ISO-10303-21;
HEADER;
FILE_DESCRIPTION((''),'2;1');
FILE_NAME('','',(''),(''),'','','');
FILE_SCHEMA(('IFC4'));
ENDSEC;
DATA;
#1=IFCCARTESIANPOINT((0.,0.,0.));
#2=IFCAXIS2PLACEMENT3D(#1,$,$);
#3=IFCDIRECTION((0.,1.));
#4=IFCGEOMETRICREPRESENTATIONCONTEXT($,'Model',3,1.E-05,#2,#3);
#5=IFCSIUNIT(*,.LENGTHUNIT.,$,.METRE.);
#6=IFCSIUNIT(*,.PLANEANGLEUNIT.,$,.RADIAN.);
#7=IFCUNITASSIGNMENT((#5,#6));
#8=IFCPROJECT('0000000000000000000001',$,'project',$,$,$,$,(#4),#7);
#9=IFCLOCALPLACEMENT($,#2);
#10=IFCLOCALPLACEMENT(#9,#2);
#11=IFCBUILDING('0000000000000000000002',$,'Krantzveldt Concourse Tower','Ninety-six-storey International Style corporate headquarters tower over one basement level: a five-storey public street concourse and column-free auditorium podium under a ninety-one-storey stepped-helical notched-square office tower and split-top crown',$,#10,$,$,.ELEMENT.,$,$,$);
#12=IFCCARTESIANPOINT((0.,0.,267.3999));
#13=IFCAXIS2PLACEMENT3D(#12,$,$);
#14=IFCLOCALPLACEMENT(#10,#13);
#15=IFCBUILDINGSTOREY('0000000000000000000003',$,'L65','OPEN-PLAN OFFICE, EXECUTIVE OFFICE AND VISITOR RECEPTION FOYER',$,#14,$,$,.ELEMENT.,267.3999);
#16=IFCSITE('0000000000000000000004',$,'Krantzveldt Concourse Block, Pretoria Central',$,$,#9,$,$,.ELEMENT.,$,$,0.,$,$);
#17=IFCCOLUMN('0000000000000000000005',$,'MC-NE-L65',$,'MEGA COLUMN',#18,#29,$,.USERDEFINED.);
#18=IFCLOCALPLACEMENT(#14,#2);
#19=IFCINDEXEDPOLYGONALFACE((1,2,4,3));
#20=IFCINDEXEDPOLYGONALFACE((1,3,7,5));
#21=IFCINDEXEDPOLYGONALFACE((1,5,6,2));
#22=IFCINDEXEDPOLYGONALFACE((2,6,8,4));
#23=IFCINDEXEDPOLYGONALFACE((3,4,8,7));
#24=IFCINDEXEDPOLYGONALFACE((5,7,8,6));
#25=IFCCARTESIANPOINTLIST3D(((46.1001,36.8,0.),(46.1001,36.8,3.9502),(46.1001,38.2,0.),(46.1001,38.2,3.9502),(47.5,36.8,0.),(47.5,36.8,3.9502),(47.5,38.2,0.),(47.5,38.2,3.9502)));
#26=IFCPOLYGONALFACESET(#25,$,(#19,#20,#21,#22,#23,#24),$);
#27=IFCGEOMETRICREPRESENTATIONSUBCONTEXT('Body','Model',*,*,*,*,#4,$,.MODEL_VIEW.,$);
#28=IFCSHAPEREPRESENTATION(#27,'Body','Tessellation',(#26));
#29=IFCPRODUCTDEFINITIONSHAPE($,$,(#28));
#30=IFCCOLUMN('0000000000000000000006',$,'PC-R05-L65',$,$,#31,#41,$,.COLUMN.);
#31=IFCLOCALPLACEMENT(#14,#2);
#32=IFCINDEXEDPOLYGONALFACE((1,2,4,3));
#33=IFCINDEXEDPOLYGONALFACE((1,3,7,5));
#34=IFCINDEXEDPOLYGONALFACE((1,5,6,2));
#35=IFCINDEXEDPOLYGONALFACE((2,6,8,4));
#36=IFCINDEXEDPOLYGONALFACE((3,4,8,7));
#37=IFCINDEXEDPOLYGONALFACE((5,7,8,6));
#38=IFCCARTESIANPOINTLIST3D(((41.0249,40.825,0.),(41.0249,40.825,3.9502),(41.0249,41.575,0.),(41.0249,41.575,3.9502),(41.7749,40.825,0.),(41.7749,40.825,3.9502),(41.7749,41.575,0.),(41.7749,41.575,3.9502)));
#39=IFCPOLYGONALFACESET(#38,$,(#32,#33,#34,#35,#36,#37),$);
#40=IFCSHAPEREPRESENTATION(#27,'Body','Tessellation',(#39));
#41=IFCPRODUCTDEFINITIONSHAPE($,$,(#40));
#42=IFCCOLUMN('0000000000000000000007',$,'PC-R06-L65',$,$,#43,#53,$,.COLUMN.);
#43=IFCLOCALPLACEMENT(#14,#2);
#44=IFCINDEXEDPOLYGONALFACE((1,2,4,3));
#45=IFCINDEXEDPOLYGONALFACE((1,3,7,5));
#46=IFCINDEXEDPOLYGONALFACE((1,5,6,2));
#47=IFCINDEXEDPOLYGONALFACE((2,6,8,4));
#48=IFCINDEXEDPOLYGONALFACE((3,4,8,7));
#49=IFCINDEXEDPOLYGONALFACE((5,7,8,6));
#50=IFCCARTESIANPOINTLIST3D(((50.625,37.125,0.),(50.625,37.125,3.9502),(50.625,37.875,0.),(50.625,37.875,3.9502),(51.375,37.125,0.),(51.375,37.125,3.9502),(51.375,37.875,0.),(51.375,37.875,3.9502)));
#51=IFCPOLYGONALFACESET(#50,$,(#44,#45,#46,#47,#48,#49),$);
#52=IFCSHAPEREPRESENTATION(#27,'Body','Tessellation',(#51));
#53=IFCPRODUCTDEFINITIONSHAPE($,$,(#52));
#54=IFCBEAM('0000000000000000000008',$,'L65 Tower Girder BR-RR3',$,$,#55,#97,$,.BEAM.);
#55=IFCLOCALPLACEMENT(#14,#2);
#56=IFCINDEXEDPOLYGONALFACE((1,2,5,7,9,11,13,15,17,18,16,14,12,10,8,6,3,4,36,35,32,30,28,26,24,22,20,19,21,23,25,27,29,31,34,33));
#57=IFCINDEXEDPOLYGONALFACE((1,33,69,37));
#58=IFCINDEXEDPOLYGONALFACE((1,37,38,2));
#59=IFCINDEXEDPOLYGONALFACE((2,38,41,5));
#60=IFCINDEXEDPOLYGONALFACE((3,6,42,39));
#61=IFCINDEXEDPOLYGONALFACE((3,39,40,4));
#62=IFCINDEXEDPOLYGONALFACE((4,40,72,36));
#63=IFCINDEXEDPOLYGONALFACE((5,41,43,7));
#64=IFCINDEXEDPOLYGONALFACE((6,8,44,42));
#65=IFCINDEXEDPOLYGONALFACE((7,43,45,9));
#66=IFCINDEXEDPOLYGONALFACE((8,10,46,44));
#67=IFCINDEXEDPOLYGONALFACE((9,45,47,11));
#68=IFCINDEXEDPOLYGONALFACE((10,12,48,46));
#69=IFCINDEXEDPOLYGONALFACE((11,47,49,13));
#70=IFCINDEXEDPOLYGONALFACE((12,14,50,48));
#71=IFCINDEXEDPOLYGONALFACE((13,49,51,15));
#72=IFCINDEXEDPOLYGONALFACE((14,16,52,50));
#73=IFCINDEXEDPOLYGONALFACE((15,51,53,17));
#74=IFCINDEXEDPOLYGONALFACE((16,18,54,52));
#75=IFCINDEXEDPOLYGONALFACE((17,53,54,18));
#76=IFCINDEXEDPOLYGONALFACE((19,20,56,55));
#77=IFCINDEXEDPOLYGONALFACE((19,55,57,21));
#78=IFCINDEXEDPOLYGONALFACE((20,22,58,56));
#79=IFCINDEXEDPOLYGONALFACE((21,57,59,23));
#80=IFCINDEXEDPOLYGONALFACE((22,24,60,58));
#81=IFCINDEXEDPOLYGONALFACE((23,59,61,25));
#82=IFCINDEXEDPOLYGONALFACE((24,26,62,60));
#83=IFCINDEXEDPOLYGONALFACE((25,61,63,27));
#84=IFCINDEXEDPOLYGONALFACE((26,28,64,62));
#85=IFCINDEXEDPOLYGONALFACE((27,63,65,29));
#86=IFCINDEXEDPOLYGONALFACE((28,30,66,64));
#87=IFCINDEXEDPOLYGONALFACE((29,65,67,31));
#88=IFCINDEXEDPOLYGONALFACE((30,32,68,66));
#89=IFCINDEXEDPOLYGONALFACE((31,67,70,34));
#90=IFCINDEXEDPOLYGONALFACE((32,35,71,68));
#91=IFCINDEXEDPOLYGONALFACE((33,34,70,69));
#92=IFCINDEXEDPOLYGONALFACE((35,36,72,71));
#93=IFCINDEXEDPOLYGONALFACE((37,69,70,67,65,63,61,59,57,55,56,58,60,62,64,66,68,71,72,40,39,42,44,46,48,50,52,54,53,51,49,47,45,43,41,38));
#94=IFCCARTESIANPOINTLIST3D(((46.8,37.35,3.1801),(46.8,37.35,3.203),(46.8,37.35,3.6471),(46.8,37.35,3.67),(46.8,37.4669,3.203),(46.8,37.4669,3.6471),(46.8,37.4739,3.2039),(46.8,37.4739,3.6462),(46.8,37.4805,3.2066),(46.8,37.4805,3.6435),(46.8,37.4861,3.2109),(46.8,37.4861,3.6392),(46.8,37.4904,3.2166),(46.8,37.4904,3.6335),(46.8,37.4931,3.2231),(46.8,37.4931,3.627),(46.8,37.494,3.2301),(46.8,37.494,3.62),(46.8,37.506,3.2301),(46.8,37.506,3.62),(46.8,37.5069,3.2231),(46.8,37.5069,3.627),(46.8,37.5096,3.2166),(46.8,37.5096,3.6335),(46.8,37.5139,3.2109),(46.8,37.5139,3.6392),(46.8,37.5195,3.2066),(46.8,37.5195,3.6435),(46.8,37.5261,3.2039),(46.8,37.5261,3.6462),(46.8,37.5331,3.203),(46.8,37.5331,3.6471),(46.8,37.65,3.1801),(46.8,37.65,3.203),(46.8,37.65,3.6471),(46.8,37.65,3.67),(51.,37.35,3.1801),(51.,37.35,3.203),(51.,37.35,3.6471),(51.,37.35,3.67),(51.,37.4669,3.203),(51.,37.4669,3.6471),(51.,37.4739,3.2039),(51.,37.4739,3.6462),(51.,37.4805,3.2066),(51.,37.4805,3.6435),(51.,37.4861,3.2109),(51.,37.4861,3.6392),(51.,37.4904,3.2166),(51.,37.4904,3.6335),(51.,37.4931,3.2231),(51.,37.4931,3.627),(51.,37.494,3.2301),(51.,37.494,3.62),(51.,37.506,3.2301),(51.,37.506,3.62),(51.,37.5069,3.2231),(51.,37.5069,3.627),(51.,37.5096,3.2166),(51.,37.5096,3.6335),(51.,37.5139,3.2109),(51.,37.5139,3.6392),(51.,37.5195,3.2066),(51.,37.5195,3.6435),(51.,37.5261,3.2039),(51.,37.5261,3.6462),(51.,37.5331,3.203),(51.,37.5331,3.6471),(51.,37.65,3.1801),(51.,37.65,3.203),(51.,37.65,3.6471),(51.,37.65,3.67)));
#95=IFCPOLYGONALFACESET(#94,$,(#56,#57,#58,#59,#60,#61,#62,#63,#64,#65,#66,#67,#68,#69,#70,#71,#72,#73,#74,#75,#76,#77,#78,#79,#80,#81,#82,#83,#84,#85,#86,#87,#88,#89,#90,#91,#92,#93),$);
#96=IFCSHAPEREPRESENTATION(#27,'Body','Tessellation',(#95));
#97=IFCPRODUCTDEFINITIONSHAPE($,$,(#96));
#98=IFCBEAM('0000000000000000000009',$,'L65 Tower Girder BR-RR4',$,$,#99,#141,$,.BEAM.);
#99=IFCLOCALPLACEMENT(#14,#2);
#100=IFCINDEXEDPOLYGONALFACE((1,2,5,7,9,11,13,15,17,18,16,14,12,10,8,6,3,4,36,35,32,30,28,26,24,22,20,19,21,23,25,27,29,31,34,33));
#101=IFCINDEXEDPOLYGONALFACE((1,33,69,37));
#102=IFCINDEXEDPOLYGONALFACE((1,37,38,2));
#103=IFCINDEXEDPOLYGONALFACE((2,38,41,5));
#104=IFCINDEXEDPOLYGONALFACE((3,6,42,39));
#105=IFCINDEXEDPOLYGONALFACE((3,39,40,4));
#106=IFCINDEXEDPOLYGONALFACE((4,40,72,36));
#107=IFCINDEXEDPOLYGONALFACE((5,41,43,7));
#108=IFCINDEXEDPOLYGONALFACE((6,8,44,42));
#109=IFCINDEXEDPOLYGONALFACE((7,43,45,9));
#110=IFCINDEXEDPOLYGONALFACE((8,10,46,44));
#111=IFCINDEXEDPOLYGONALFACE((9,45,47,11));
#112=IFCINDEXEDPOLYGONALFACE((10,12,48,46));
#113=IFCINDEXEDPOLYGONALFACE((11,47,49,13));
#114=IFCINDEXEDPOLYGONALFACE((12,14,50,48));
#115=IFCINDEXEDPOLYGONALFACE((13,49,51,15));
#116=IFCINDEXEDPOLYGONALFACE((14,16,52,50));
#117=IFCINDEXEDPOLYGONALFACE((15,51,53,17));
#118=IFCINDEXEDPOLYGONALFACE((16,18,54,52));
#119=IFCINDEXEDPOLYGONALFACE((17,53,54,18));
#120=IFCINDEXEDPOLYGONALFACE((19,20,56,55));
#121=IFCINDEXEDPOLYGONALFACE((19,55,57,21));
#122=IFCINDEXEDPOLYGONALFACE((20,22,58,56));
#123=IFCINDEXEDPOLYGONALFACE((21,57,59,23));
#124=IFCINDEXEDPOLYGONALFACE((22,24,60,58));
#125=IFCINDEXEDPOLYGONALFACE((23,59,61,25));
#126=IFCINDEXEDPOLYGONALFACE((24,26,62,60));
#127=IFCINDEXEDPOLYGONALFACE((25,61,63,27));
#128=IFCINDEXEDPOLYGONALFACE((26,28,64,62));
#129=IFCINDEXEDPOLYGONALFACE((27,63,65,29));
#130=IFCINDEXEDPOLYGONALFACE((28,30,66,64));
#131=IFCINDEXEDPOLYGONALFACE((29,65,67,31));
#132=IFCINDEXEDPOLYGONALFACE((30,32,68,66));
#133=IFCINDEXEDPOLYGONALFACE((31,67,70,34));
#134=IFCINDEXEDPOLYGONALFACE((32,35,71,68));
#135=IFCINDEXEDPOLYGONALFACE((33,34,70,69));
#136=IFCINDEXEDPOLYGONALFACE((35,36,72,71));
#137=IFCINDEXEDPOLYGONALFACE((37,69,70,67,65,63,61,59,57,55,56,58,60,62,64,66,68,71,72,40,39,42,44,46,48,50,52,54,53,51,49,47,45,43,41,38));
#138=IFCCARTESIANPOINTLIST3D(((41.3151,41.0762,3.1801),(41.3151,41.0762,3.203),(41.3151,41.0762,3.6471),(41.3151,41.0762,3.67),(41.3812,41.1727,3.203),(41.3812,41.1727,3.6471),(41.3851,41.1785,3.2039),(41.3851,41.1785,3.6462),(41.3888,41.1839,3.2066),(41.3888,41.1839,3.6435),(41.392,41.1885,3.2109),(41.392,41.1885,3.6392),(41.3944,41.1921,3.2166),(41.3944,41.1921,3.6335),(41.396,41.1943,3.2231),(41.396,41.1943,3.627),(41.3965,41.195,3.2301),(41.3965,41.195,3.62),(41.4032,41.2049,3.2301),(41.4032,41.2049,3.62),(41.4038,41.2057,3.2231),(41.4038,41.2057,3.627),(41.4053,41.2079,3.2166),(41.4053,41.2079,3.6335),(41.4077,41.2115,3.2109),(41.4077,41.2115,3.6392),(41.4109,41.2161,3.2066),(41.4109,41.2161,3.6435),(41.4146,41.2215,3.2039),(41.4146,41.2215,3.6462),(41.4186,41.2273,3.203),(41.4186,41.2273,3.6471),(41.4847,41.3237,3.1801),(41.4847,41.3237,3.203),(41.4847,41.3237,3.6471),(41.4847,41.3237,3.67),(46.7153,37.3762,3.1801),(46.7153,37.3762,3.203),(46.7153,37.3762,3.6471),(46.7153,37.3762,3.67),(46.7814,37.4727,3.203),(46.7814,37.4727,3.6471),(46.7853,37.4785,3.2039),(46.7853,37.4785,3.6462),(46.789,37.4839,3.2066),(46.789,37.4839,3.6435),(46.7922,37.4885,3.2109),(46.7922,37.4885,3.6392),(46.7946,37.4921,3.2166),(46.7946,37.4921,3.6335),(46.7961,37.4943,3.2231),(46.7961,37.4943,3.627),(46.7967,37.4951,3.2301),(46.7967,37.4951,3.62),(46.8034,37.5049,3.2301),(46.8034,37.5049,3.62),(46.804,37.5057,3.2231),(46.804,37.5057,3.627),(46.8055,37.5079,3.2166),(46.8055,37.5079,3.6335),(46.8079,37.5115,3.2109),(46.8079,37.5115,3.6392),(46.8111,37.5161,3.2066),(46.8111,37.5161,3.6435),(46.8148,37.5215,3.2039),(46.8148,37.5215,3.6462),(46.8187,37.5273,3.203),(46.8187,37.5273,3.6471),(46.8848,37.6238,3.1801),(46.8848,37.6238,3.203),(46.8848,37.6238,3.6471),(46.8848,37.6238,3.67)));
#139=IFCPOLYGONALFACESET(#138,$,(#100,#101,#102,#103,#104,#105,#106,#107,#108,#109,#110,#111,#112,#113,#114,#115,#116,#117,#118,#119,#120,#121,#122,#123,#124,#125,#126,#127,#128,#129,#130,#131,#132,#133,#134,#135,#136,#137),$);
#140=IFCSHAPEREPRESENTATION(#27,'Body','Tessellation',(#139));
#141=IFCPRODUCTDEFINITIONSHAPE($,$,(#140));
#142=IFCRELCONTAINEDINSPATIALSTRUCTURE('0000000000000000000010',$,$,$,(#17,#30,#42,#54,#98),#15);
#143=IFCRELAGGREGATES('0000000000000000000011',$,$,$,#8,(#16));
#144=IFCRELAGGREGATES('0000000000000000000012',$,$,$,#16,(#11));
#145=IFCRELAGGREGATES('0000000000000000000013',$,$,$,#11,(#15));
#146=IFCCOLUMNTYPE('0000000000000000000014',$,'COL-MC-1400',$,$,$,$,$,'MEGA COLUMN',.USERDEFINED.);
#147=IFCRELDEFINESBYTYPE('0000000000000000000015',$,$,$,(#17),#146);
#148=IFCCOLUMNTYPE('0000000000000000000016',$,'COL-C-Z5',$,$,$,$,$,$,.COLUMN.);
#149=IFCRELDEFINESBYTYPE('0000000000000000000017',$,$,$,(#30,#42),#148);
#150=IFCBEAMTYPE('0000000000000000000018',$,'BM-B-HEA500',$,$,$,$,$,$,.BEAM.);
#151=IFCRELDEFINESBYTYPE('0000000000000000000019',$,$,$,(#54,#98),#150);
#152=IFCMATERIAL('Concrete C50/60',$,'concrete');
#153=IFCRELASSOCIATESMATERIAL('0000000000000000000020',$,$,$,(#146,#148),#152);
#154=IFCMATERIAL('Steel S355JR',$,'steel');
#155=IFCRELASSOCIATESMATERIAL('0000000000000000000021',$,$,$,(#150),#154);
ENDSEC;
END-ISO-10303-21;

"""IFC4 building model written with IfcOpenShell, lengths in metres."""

from ifc_helpers import new_model, si_unit, direction, frame, origin, origin_2d, place, context, subcontext, project, spatial, rectangle, i_section, extrude, source, transform, mapped, material, material_profile, profile_set, type_object, type_shapes, element, save


model = new_model("IFC4")

# Units and contexts
model_context = context("Model", 3, precision=1e-05, world=origin(), true_north=direction((0.0, 1.0)))
body_context = subcontext(model_context, "Body", "Model", "MODEL_VIEW")
ifc_project = project(units=[si_unit("LENGTHUNIT", "METRE"), si_unit("PLANEANGLEUNIT", "RADIAN")], contexts=[model_context])

# Site, building, storey
site_placement = place(None, origin())
site = spatial("IfcSite", under=ifc_project, at=site_placement, Name="Krantzveldt Concourse Block, Pretoria Central", CompositionType="ELEMENT", RefElevation=0.0)
building_placement = place(site_placement, origin())
building = spatial("IfcBuilding", under=site, at=building_placement, Name="Krantzveldt Concourse Tower", Description="Ninety-six-storey International Style corporate headquarters tower over one basement level: a five-storey public street concourse and column-free auditorium podium under a ninety-one-storey stepped-helical notched-square office tower and split-top crown", CompositionType="ELEMENT")
storey_placement = place(building_placement, frame((0.0, 0.0, 267.3999)))
storey = spatial("IfcBuildingStorey", under=building, at=storey_placement, Name="L65", Description="OPEN-PLAN OFFICE, EXECUTIVE OFFICE AND VISITOR RECEPTION FOYER", CompositionType="ELEMENT", Elevation=267.3999)

# Columns
ifc_material_1 = material(Name="Concrete C50/60", Category="concrete")
ifc_material_profile_1 = material_profile(ifc_material_1, rectangle(XDim=1.3999, YDim=1.3999, at=origin_2d()), Name="Concrete C50/60", Category="concrete")
ifc_profile_set_1 = profile_set([ifc_material_profile_1], Name="Concrete C50/60 - RC 1400x1400")
column_type_1 = type_object("IfcColumnType", Name="COL-MC-1400", ElementType="MEGA COLUMN", PredefinedType="USERDEFINED", material=ifc_profile_set_1)
shared_shape_1 = source(origin(), body_context, "Body", "SweptSolid", [
    extrude(rectangle(XDim=1.3999, YDim=1.3999, at=origin_2d()), origin(), (0.0, 0.0, 1.0), 3.9502),
])
type_shapes(column_type_1, [shared_shape_1])
column_placement = place(storey_placement, frame((46.8, 37.5, 0.0), z_axis=(0.0, 0.0, 1.0), x_axis=(1.0, 0.0, 0.0)))
element("IfcColumn", 1, at=column_placement, inside=storey, type_object=column_type_1, Name="MC-NE-L65", ObjectType="MEGA COLUMN", PredefinedType="USERDEFINED", context=body_context, shape_type="MappedRepresentation", body=[
    mapped(shared_shape_1, transform((0.0, 0.0, 0.0), x_axis=(1.0, 0.0, 0.0), y_axis=(0.0, 1.0, 0.0), z_axis=(0.0, 0.0, 1.0), scale=1.0)),
])
ifc_material_profile_2 = material_profile(ifc_material_1, rectangle(XDim=0.75, YDim=0.75, at=origin_2d()), Name="Concrete C50/60", Category="concrete")
ifc_profile_set_2 = profile_set([ifc_material_profile_2], Name="Concrete C50/60 - RC 750x750")
column_type_2 = type_object("IfcColumnType", Name="COL-C-Z5", PredefinedType="COLUMN", material=ifc_profile_set_2)
shared_shape_2 = source(origin(), body_context, "Body", "SweptSolid", [
    extrude(rectangle(XDim=0.75, YDim=0.75, at=origin_2d()), origin(), (0.0, 0.0, 1.0), 3.9502),
])
type_shapes(column_type_2, [shared_shape_2])
for number, where, z_axis, x_axis, name in (
    (2, (41.3999, 41.2, 0.0), (0.0, 0.0, 1.0), (1.0, 0.0, 0.0), "PC-R05-L65"),
    (3, (51.0, 37.5, 0.0), (0.0, 0.0, 1.0), (1.0, 0.0, 0.0), "PC-R06-L65"),
):
    element("IfcColumn", number, at=place(storey_placement, frame(where, z_axis=z_axis, x_axis=x_axis)), inside=storey, type_object=column_type_2, Name=name, PredefinedType="COLUMN", context=body_context, shape_type="MappedRepresentation", body=[
        mapped(shared_shape_2, transform((0.0, 0.0, 0.0), x_axis=(1.0, 0.0, 0.0), y_axis=(0.0, 1.0, 0.0), z_axis=(0.0, 0.0, 1.0), scale=1.0)),
    ])

# Beams
ifc_material_2 = material(Name="Steel S355JR", Category="steel")
ifc_material_profile_3 = material_profile(ifc_material_2, i_section(OverallWidth=0.3, OverallDepth=0.49, WebThickness=0.012, FlangeThickness=0.0229, FilletRadius=0.0271, at=origin_2d()), Name="Steel S355JR", Category="steel")
ifc_profile_set_3 = profile_set([ifc_material_profile_3], Name="Steel S355JR - HEA 500")
beam_type_1 = type_object("IfcBeamType", Name="BM-B-HEA500", PredefinedType="BEAM", material=ifc_profile_set_3)
shared_shape_3 = source(origin(), body_context, "Body", "SweptSolid", [
    extrude(i_section(OverallWidth=0.3, OverallDepth=0.49, WebThickness=0.012, FlangeThickness=0.0229, FilletRadius=0.0271, at=origin_2d()), origin(), (0.0, 0.0, 1.0), 4.2),
])
beam_1_placement = place(storey_placement, frame((46.8, 37.5, 3.425), z_axis=(1.0, 0.0, 0.0), x_axis=(0.0, 1.0, 0.0)))
element("IfcBeam", 4, at=beam_1_placement, inside=storey, type_object=beam_type_1, Name="L65 Tower Girder BR-RR3", PredefinedType="BEAM", context=body_context, shape_type="MappedRepresentation", body=[
    mapped(shared_shape_3, transform((0.0, 0.0, 0.0), x_axis=(1.0, 0.0, 0.0), y_axis=(0.0, 1.0, 0.0), z_axis=(0.0, 0.0, 1.0), scale=1.0)),
])
shared_shape_4 = source(origin(), body_context, "Body", "SweptSolid", [
    extrude(i_section(OverallWidth=0.3, OverallDepth=0.49, WebThickness=0.012, FlangeThickness=0.0229, FilletRadius=0.0271, at=origin_2d()), origin(), (0.0, 0.0, 1.0), 6.5461),
])
type_shapes(beam_type_1, [shared_shape_3, shared_shape_4])
beam_2_placement = place(storey_placement, frame((46.8, 37.5, 3.425), z_axis=(-0.824943, 0.565216, 0.0), x_axis=(-0.565216, -0.824943, 0.0)))
element("IfcBeam", 5, at=beam_2_placement, inside=storey, type_object=beam_type_1, Name="L65 Tower Girder BR-RR4", PredefinedType="BEAM", context=body_context, shape_type="MappedRepresentation", body=[
    mapped(shared_shape_4, transform((0.0, 0.0, 0.0), x_axis=(1.0, 0.0, 0.0), y_axis=(0.0, 1.0, 0.0), z_axis=(0.0, 0.0, 1.0), scale=1.0)),
])

save(model, "model.ifc")
